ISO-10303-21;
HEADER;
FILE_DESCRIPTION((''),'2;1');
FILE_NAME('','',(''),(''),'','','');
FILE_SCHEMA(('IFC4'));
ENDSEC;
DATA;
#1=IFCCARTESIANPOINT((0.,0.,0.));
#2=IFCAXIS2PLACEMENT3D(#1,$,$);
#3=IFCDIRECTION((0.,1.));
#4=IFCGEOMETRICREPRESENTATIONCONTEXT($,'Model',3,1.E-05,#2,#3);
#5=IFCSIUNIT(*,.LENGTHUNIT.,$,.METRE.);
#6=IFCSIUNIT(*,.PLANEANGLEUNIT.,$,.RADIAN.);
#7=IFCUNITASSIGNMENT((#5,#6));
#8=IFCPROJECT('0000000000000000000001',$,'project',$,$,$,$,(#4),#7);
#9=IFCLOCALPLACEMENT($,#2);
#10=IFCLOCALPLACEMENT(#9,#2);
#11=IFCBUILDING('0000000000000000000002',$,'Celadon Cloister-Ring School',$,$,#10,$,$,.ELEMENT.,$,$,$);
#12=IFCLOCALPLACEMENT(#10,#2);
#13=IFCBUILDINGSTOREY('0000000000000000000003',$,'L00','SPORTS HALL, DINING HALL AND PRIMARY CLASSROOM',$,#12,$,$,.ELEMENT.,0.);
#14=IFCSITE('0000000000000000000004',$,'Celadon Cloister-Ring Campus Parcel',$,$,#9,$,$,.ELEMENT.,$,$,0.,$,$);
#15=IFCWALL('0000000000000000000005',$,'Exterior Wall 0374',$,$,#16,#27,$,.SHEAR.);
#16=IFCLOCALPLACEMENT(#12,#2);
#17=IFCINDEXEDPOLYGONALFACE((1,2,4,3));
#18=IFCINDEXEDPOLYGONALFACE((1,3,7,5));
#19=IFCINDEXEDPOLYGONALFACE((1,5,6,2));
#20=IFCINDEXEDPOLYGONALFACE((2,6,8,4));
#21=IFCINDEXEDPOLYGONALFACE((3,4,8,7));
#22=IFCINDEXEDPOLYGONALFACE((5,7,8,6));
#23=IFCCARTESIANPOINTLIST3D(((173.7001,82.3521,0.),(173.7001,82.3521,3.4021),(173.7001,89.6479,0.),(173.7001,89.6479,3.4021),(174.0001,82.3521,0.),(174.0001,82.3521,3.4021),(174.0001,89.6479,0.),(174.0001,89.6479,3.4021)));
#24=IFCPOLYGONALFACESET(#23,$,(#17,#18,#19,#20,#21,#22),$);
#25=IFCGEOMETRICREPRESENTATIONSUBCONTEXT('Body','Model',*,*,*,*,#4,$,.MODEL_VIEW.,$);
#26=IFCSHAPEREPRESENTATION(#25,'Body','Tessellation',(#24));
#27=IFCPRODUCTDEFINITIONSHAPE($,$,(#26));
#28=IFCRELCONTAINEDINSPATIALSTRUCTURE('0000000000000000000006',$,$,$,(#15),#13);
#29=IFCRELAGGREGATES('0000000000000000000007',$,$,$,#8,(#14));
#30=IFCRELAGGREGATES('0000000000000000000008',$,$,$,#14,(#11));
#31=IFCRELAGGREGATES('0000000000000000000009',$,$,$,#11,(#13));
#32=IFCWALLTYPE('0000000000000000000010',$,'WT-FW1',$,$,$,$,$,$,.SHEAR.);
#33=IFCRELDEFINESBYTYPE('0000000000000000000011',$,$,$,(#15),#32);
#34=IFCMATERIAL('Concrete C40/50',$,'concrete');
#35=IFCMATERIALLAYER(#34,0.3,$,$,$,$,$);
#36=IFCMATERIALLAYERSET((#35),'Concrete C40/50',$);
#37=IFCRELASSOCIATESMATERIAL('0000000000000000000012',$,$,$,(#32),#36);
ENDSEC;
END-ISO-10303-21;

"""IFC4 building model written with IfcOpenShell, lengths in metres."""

from ifc_helpers import new_model, si_unit, direction, frame, frame_2d, origin, place, context, subcontext, project, spatial, rectangle, extrude, material, layer, layer_set, type_object, element, save


model = new_model("IFC4")

# Units and contexts
model_context = context("Model", 3, precision=1e-05, world=origin(), true_north=direction((0.0, 1.0)))
body_context = subcontext(model_context, "Body", "Model", "MODEL_VIEW")
ifc_project = project(units=[si_unit("LENGTHUNIT", "METRE"), si_unit("PLANEANGLEUNIT", "RADIAN")], contexts=[model_context])

# Site, building, storey
site_placement = place(None, origin())
site = spatial("IfcSite", under=ifc_project, at=site_placement, Name="Celadon Cloister-Ring Campus Parcel", CompositionType="ELEMENT", RefElevation=0.0)
building_placement = place(site_placement, origin())
building = spatial("IfcBuilding", under=site, at=building_placement, Name="Celadon Cloister-Ring School", CompositionType="ELEMENT")
storey_placement = place(building_placement, origin())
storey = spatial("IfcBuildingStorey", under=building, at=storey_placement, Name="L00", Description="SPORTS HALL, DINING HALL AND PRIMARY CLASSROOM", CompositionType="ELEMENT", Elevation=0.0)

# Wall
ifc_material_1 = material(Name="Concrete C40/50", Category="concrete")
ifc_layer = layer(ifc_material_1, 0.3)
ifc_layer_set = layer_set([ifc_layer], Name="Concrete C40/50")
wall_type = type_object("IfcWallType", Name="WT-FW1", PredefinedType="SHEAR", material=ifc_layer_set)
for number, where, z_axis, x_axis, name in (
    (1, (173.8501, 89.6479, 0.0), (0.0, 0.0, 1.0), (0.0, -1.0, 0.0), "Exterior Wall 0374"),
):
    element("IfcWall", number, at=place(storey_placement, frame(where, z_axis=z_axis, x_axis=x_axis)), inside=storey, type_object=wall_type, Name=name, PredefinedType="SHEAR", context=body_context, shape_type="SweptSolid", body=[
        extrude(rectangle(XDim=7.2959, YDim=0.3, at=frame_2d((3.6479, 0.0))), origin(), (0.0, 0.0, 1.0), 3.4021),
    ])

save(model, "model.ifc")
